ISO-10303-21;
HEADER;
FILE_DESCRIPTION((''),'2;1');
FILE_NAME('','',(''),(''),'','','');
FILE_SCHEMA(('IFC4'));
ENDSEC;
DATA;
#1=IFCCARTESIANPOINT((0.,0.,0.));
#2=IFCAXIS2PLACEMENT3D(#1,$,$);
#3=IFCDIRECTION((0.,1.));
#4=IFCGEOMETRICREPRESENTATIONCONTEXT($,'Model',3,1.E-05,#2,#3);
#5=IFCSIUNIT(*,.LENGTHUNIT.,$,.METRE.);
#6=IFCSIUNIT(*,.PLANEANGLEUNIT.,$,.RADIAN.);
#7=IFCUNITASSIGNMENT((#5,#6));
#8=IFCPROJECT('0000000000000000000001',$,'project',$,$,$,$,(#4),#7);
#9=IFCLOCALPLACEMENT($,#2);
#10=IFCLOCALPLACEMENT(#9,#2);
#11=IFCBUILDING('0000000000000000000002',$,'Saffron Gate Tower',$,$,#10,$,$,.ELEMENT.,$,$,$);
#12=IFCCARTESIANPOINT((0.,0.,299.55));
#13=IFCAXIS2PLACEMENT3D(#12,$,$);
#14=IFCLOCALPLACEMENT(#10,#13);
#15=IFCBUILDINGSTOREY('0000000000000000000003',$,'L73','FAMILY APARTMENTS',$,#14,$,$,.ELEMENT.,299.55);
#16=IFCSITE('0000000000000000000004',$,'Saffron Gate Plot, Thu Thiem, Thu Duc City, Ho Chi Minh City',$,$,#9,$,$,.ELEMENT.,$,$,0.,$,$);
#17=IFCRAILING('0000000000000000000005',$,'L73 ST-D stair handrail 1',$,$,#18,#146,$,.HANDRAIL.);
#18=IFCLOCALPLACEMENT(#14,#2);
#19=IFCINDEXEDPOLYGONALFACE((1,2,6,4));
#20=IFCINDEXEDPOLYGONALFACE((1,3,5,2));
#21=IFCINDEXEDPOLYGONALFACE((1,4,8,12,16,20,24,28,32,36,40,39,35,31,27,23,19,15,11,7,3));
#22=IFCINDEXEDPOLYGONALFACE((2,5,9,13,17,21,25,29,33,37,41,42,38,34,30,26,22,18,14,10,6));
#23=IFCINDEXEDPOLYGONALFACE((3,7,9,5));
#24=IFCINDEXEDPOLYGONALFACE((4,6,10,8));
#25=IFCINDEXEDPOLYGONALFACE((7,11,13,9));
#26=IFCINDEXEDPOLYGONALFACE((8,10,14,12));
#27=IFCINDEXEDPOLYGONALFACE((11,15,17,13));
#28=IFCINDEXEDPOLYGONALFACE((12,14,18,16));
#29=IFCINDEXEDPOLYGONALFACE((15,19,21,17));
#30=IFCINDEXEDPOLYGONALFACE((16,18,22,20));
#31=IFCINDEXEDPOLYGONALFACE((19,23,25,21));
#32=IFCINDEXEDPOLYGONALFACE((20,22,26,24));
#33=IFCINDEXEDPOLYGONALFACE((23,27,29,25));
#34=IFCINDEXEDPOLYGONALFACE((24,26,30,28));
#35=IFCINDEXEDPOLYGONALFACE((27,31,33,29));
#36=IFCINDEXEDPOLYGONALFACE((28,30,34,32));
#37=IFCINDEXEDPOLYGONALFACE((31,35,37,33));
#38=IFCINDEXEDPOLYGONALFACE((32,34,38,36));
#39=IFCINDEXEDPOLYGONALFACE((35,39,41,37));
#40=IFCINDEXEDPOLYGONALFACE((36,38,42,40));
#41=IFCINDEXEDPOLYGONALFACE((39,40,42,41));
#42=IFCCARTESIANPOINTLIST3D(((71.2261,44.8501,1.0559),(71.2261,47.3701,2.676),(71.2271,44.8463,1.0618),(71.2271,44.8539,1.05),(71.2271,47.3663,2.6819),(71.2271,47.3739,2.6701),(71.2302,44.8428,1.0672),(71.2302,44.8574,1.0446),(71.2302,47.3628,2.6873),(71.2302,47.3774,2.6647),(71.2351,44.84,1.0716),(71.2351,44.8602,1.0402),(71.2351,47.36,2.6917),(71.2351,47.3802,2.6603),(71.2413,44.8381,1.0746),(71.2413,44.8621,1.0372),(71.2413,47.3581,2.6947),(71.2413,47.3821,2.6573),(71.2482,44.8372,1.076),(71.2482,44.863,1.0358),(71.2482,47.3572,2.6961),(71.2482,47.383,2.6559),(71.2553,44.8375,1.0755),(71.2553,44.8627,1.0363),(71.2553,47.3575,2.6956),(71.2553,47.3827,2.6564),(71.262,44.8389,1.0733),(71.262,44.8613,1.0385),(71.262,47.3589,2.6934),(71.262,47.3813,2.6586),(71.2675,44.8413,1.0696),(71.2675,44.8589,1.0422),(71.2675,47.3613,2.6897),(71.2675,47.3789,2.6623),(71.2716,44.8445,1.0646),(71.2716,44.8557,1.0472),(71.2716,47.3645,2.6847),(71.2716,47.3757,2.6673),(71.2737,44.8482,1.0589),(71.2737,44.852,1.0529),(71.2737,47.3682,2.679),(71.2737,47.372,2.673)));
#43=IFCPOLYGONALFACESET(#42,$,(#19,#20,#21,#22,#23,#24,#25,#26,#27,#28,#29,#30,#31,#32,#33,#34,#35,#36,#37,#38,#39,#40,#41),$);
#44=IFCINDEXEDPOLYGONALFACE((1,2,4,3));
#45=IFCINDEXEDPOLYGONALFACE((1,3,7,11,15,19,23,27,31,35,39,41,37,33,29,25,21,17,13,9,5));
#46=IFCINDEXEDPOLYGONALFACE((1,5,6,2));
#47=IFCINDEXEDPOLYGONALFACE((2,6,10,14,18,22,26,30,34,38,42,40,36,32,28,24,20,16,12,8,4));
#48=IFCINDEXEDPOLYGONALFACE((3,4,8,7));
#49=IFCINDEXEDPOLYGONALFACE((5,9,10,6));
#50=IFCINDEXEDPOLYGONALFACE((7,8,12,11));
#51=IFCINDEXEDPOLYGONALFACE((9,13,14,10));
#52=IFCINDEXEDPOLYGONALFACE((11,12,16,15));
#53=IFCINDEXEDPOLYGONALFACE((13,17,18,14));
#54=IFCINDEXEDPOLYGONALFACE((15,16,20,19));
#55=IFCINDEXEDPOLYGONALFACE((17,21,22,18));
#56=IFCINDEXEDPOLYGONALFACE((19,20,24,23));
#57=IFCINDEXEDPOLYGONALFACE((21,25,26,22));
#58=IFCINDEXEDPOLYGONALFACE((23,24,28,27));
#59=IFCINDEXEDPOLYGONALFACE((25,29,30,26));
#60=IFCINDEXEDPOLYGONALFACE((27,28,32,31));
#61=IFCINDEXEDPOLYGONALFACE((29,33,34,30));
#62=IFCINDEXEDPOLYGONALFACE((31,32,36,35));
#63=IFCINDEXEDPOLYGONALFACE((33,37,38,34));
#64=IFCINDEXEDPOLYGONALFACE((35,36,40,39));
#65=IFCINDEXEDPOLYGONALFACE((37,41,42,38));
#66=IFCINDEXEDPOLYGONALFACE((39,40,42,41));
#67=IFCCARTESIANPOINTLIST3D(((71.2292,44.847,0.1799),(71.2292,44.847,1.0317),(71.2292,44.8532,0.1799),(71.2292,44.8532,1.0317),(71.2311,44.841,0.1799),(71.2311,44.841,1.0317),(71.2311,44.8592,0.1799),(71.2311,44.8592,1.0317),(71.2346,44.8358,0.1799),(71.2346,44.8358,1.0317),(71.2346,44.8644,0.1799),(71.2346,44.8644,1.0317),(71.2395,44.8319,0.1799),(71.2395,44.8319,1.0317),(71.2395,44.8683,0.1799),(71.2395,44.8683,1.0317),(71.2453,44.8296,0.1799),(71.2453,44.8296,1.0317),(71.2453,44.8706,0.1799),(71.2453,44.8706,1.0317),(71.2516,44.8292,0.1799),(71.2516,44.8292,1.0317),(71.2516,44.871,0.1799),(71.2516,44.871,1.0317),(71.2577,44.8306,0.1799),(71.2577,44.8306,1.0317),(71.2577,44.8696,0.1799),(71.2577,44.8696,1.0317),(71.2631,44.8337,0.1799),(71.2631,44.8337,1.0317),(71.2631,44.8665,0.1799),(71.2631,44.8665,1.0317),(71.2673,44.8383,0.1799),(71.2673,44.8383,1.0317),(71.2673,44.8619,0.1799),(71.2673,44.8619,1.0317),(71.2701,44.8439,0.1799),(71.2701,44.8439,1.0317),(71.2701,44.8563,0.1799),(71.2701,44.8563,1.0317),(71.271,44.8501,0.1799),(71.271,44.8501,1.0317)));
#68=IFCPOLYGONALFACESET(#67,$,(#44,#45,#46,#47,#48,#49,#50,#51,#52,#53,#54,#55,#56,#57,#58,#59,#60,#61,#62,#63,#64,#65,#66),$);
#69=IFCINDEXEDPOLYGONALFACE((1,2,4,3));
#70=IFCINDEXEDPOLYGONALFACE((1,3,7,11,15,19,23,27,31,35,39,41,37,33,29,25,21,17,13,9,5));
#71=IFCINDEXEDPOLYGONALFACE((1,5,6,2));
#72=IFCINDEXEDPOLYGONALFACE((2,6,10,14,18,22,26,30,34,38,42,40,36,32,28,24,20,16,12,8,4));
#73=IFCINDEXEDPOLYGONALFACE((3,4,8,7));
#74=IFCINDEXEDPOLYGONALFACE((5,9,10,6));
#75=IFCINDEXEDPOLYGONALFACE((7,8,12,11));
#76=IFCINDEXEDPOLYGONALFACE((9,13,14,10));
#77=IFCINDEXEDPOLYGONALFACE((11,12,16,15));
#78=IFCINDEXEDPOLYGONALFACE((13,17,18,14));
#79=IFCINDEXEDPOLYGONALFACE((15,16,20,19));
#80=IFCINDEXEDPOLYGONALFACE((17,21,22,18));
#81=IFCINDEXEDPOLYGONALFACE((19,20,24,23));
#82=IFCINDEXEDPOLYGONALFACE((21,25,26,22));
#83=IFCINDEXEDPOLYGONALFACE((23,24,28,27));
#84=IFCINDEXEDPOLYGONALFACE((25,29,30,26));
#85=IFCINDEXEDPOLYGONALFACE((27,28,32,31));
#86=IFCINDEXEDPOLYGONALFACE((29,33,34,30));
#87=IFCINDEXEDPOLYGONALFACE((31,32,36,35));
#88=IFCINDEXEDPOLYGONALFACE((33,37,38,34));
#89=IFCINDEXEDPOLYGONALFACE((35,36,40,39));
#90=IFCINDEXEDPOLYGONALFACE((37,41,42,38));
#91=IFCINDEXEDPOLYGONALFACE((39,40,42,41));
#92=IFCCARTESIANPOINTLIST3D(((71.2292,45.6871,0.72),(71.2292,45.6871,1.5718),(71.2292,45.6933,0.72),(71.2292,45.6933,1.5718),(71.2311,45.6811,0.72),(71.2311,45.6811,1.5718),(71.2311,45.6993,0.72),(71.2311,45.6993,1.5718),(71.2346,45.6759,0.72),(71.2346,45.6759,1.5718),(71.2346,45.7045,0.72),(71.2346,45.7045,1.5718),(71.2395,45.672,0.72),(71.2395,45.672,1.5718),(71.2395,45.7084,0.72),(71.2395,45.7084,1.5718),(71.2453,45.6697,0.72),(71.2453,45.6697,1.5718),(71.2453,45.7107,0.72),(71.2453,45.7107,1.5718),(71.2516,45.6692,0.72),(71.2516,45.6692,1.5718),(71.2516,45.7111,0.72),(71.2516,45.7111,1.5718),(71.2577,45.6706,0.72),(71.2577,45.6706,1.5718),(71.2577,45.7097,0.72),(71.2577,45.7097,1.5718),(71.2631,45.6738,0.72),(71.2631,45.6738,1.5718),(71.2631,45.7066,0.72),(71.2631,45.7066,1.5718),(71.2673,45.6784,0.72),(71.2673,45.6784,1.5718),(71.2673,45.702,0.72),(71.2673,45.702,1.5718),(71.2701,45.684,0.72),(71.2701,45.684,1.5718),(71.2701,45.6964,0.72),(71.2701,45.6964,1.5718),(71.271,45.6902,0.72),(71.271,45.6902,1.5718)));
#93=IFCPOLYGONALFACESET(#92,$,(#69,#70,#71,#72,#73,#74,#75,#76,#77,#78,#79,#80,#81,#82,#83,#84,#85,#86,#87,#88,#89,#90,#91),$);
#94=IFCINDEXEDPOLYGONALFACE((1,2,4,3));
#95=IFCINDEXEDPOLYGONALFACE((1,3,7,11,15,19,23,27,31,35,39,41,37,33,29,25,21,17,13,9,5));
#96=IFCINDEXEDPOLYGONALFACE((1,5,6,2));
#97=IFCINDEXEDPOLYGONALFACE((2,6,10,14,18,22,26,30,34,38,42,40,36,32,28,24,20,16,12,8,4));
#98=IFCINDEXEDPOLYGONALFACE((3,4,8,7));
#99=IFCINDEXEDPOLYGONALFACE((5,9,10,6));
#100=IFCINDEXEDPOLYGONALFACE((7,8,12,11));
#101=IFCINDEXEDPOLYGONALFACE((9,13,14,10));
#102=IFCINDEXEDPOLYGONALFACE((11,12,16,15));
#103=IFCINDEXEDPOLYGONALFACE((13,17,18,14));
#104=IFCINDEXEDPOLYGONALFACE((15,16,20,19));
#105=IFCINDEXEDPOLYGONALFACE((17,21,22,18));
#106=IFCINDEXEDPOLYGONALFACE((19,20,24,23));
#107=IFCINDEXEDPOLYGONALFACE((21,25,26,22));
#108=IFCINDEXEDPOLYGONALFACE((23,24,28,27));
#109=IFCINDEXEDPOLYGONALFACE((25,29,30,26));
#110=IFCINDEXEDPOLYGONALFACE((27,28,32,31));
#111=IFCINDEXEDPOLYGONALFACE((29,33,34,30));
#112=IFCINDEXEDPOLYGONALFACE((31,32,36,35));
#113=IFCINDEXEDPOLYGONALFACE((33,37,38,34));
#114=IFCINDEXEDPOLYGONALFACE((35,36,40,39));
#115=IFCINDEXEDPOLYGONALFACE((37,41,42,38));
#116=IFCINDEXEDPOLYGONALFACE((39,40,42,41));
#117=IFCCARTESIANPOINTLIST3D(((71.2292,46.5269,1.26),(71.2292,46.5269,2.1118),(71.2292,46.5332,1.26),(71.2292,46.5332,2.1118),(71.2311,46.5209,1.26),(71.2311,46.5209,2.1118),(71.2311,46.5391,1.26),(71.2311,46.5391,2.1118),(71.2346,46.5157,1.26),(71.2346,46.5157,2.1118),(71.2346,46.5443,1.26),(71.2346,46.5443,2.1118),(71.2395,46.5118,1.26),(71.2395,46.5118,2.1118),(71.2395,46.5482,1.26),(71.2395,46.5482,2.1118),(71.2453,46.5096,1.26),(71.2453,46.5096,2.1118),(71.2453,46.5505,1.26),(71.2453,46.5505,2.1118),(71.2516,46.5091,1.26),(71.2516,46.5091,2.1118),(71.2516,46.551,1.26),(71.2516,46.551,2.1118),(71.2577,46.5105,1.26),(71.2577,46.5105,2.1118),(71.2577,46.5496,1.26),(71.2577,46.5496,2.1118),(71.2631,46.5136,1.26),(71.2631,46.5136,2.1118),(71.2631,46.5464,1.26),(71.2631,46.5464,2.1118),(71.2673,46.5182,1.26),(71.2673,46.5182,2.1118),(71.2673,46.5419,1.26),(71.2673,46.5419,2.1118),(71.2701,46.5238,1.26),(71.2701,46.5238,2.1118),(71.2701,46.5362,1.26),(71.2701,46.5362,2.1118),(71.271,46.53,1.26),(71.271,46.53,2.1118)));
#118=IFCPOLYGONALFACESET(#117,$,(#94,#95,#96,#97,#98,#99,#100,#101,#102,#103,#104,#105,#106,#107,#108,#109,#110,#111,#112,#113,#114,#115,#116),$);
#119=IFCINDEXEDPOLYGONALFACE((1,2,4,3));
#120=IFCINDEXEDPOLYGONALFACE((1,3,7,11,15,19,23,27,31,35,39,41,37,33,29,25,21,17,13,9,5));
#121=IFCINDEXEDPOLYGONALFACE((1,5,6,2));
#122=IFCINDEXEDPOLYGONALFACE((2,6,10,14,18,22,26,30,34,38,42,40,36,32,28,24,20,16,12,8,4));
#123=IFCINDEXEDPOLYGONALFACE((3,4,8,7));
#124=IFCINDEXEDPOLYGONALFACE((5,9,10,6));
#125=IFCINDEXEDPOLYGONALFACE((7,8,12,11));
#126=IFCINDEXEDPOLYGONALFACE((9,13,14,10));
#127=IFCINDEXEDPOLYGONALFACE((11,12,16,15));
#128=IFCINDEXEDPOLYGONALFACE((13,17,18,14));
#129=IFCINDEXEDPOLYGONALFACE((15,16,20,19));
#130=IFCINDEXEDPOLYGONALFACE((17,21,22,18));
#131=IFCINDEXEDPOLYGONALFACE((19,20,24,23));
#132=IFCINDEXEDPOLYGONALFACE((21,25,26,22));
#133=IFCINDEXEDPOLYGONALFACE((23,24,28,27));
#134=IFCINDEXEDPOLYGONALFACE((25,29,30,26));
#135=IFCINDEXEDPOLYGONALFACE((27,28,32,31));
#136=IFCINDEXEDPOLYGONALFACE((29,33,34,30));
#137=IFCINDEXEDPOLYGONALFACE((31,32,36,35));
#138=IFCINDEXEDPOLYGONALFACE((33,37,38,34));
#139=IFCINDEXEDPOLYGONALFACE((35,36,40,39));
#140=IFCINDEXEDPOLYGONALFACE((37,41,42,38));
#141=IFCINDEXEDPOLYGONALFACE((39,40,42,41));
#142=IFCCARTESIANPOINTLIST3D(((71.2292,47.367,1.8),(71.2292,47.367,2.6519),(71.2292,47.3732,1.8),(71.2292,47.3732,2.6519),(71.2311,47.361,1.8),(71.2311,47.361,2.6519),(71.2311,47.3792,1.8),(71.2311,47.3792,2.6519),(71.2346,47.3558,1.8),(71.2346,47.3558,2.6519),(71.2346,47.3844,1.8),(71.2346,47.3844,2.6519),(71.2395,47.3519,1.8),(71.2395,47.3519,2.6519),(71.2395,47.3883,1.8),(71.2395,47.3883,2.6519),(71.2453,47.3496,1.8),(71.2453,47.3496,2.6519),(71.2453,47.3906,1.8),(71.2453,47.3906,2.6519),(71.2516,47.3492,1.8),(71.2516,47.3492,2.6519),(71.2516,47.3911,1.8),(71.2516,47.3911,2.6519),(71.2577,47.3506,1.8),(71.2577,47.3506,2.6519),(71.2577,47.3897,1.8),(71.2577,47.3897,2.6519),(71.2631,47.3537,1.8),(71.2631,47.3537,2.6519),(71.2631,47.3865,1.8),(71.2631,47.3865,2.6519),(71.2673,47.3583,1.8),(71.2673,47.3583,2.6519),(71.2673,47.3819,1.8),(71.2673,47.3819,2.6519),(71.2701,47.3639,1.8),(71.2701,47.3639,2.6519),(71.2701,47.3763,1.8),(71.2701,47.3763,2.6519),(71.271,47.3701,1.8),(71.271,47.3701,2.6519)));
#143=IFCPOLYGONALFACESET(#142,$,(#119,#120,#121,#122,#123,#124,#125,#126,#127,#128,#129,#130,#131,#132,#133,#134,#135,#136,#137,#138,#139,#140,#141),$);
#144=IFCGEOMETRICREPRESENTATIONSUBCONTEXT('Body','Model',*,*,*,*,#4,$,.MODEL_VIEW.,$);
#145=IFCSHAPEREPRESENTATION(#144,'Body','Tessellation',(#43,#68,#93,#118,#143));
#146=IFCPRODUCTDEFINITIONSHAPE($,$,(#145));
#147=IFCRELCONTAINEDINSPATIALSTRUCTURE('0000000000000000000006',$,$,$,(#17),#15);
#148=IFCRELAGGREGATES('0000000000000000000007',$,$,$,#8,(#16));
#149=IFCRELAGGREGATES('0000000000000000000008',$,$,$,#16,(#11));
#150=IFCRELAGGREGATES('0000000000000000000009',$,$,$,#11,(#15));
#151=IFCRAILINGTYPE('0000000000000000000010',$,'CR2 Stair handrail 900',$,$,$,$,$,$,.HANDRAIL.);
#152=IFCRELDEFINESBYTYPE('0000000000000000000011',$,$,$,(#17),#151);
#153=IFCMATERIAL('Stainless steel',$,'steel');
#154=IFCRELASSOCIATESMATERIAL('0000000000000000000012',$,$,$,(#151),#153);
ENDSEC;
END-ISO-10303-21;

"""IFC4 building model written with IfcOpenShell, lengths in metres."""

from ifc_helpers import new_model, si_unit, direction, frame, origin, origin_2d, place, context, subcontext, project, spatial, circle, extrude, material, type_object, element, save


model = new_model("IFC4")

# Units and contexts
model_context = context("Model", 3, precision=1e-05, world=origin(), true_north=direction((0.0, 1.0)))
body_context = subcontext(model_context, "Body", "Model", "MODEL_VIEW")
ifc_project = project(units=[si_unit("LENGTHUNIT", "METRE"), si_unit("PLANEANGLEUNIT", "RADIAN")], contexts=[model_context])

# Site, building, storey
site_placement = place(None, origin())
site = spatial("IfcSite", under=ifc_project, at=site_placement, Name="Saffron Gate Plot, Thu Thiem, Thu Duc City, Ho Chi Minh City", CompositionType="ELEMENT", RefElevation=0.0)
building_placement = place(site_placement, origin())
building = spatial("IfcBuilding", under=site, at=building_placement, Name="Saffron Gate Tower", CompositionType="ELEMENT")
storey_placement = place(building_placement, frame((0.0, 0.0, 299.55)))
storey = spatial("IfcBuildingStorey", under=building, at=storey_placement, Name="L73", Description="FAMILY APARTMENTS", CompositionType="ELEMENT", Elevation=299.55)

# Railing
ifc_material_1 = material(Name="Stainless steel", Category="steel")
railing_type_1 = type_object("IfcRailingType", Name="CR2 Stair handrail 900", PredefinedType="HANDRAIL", material=ifc_material_1)
railing_1_placement = place(storey_placement, frame((71.25, 44.8501, 0.1799)))
element("IfcRailing", 1, at=railing_1_placement, inside=storey, type_object=railing_type_1, Name="L73 ST-D stair handrail 1", PredefinedType="HANDRAIL", context=body_context, shape_type="SweptSolid", body=[
    extrude(circle(Radius=0.0239, at=origin_2d()), frame((0.0, 0.0, 0.876), z_axis=(0.0, 0.841163, 0.540782), x_axis=(-1.0, 0.0, 0.0)), (0.0, 0.0, 1.0), 2.9958),
    extrude(circle(Radius=0.021, at=origin_2d()), origin(), (0.0, 0.0, 1.0), 0.8518),
    extrude(circle(Radius=0.021, at=origin_2d()), frame((0.0, 0.8401, 0.54)), (0.0, 0.0, 1.0), 0.8518),
    extrude(circle(Radius=0.021, at=origin_2d()), frame((0.0, 1.6799, 1.0801)), (0.0, 0.0, 1.0), 0.8518),
    extrude(circle(Radius=0.021, at=origin_2d()), frame((0.0, 2.52, 1.6201)), (0.0, 0.0, 1.0), 0.8518),
])

save(model, "model.ifc")
